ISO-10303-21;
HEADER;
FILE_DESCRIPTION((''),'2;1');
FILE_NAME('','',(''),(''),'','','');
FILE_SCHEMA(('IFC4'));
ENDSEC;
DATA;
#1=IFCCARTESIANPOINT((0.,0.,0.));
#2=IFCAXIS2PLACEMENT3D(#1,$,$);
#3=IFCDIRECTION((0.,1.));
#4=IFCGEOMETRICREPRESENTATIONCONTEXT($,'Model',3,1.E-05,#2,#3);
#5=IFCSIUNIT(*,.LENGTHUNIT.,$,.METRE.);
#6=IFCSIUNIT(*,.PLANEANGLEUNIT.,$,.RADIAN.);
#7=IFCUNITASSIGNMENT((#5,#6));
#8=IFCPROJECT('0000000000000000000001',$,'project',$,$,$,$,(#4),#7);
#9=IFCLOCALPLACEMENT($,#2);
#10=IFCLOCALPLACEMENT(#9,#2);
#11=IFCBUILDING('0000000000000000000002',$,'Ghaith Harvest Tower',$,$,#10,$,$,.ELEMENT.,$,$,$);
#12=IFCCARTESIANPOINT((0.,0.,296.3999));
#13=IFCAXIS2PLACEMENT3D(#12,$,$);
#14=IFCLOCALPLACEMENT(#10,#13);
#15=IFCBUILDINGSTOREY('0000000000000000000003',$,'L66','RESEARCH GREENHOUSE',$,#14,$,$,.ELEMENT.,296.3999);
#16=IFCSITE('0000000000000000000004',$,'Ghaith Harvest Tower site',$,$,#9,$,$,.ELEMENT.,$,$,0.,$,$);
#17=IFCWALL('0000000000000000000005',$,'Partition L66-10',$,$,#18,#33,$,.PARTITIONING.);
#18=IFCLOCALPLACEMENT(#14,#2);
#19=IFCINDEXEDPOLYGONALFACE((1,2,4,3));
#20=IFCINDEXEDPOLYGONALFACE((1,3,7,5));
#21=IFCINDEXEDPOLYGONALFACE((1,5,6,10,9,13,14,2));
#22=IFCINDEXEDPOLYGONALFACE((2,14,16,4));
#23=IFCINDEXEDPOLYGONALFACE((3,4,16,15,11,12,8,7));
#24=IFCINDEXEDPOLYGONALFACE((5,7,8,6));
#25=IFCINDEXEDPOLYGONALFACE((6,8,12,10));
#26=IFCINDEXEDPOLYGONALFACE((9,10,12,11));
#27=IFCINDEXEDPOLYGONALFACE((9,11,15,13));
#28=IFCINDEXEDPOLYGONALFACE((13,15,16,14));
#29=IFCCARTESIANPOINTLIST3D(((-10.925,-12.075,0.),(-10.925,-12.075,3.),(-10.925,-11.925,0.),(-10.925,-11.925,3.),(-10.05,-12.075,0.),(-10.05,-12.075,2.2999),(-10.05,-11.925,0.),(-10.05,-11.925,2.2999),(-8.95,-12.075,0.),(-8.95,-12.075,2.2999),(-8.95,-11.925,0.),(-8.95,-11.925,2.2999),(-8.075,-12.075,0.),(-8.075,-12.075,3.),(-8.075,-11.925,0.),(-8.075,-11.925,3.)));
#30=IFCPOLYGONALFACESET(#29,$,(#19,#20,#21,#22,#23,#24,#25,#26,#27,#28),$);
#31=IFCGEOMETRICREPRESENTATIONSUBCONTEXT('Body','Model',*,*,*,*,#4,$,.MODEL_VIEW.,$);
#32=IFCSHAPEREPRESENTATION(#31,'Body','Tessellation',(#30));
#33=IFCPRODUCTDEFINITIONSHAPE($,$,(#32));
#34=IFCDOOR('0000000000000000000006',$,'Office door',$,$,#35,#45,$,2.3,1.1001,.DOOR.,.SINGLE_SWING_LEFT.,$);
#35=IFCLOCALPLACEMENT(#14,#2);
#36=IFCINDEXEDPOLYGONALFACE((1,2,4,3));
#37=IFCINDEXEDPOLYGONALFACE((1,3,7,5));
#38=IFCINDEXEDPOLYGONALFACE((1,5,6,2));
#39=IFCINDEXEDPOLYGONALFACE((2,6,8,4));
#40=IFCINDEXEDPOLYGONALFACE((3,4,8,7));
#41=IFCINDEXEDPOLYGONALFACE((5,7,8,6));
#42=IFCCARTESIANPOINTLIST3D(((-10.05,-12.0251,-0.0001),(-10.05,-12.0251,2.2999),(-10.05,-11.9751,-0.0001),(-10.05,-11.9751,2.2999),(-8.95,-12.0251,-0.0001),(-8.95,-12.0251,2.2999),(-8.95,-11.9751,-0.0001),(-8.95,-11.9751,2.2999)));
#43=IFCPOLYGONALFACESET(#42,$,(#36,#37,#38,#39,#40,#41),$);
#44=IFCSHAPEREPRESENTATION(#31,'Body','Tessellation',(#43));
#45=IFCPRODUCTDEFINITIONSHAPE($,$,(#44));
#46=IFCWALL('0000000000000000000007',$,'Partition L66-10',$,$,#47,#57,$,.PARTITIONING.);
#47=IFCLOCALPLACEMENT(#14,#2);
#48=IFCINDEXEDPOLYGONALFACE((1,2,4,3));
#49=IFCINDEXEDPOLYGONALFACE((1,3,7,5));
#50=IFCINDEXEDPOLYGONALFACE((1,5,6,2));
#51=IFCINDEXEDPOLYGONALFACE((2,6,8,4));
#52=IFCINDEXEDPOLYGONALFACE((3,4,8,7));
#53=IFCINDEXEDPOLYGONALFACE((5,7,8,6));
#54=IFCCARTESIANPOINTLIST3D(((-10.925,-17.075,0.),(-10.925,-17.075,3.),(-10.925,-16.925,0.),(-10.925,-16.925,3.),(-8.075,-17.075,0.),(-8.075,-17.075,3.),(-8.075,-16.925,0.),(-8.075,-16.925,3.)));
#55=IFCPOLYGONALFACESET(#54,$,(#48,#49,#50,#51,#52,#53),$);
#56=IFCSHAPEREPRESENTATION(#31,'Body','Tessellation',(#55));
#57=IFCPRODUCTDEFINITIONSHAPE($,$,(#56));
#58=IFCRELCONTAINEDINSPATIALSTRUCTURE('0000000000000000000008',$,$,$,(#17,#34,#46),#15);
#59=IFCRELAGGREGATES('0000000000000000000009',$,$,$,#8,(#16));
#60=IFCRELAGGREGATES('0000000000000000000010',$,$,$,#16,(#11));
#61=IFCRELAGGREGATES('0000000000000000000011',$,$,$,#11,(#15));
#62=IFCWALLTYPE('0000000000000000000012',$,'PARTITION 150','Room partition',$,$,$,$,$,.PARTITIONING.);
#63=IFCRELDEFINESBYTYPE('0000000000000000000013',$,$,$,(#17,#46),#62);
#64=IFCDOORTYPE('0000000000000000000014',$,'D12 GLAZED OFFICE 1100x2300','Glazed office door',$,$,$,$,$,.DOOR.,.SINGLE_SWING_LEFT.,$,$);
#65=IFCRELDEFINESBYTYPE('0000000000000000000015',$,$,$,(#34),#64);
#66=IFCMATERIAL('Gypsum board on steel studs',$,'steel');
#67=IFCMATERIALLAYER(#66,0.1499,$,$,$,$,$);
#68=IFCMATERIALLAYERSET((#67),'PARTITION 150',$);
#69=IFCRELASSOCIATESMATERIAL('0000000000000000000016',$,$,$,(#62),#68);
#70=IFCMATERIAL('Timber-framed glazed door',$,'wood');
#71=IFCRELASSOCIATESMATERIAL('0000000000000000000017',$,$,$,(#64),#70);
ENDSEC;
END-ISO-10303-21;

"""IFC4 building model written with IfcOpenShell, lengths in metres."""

from ifc_helpers import new_model, si_unit, direction, frame, frame_2d, origin, place, context, subcontext, project, spatial, rectangle, extrude, material, layer, layer_set, type_object, element, fill, save


model = new_model("IFC4")

# Units and contexts
model_context = context("Model", 3, precision=1e-05, world=origin(), true_north=direction((0.0, 1.0)))
body_context = subcontext(model_context, "Body", "Model", "MODEL_VIEW")
ifc_project = project(units=[si_unit("LENGTHUNIT", "METRE"), si_unit("PLANEANGLEUNIT", "RADIAN")], contexts=[model_context])

# Site, building, storey
site_placement = place(None, origin())
site = spatial("IfcSite", under=ifc_project, at=site_placement, Name="Ghaith Harvest Tower site", CompositionType="ELEMENT", RefElevation=0.0)
building_placement = place(site_placement, origin())
building = spatial("IfcBuilding", under=site, at=building_placement, Name="Ghaith Harvest Tower", CompositionType="ELEMENT")
storey_placement = place(building_placement, frame((0.0, 0.0, 296.3999)))
storey = spatial("IfcBuildingStorey", under=building, at=storey_placement, Name="L66", Description="RESEARCH GREENHOUSE", CompositionType="ELEMENT", Elevation=296.3999)

# Shared definitions
ifc_material_1 = material(Name="Gypsum board on steel studs", Category="steel")
ifc_layer_1 = layer(ifc_material_1, 0.1499)
ifc_layer_set_1 = layer_set([ifc_layer_1], Name="PARTITION 150")
wall_type = type_object("IfcWallType", Name="PARTITION 150", Description="Room partition", PredefinedType="PARTITIONING", material=ifc_layer_set_1)

# Wall, opening, door
wall_1_placement = place(storey_placement, frame((-10.925, -12.0, 0.0), z_axis=(0.0, 0.0, 1.0), x_axis=(1.0, 0.0, 0.0)))
wall_1 = element("IfcWall", 1, at=wall_1_placement, inside=storey, type_object=wall_type, Name="Partition L66-10", PredefinedType="PARTITIONING", context=body_context, shape_type="SweptSolid", body=[
    extrude(rectangle(XDim=2.8501, YDim=0.1499, at=frame_2d((1.425, 0.0))), origin(), (0.0, 0.0, 1.0), 3.0),
])
opening_1_placement = place(wall_1_placement, frame((0.875, 0.0, 0.0)))
opening_1 = element("IfcOpeningElement", 2, at=opening_1_placement, cuts=wall_1, PredefinedType="OPENING", context=body_context, shape_type="SweptSolid", body=[
    extrude(rectangle(XDim=1.1001, YDim=2.3, at=frame_2d((0.55, 1.1499))), frame((0.0, 0.085, 0.0), z_axis=(0.0, -1.0, 0.0), x_axis=(1.0, 0.0, 0.0)), (0.0, 0.0, 1.0), 0.1699),
])
ifc_material_2 = material(Name="Timber-framed glazed door", Category="wood")
door_type_1 = type_object("IfcDoorType", Name="D12 GLAZED OFFICE 1100x2300", Description="Glazed office door", OperationType="SINGLE_SWING_LEFT", PredefinedType="DOOR", material=ifc_material_2)
door_1_placement = place(opening_1_placement, origin())
door_1 = element("IfcDoor", 3, at=door_1_placement, inside=storey, type_object=door_type_1, Name="Office door", OperationType="SINGLE_SWING_LEFT", OverallHeight=2.3, OverallWidth=1.1001, PredefinedType="DOOR", context=body_context, shape_type="SweptSolid", body=[
    extrude(rectangle(XDim=1.1001, YDim=2.3, at=frame_2d((0.55, 1.1499))), frame((0.0, 0.0249, 0.0), z_axis=(0.0, -1.0, 0.0), x_axis=(1.0, 0.0, 0.0)), (0.0, 0.0, 1.0), 0.05),
])
fill(opening_1, door_1)

# Wall
wall_2_placement = place(storey_placement, frame((-10.925, -17.0, 0.0), z_axis=(0.0, 0.0, 1.0), x_axis=(1.0, 0.0, 0.0)))
element("IfcWall", 4, at=wall_2_placement, inside=storey, type_object=wall_type, Name="Partition L66-10", PredefinedType="PARTITIONING", context=body_context, shape_type="SweptSolid", body=[
    extrude(rectangle(XDim=2.8501, YDim=0.1499, at=frame_2d((1.425, 0.0))), origin(), (0.0, 0.0, 1.0), 3.0),
])

save(model, "model.ifc")
